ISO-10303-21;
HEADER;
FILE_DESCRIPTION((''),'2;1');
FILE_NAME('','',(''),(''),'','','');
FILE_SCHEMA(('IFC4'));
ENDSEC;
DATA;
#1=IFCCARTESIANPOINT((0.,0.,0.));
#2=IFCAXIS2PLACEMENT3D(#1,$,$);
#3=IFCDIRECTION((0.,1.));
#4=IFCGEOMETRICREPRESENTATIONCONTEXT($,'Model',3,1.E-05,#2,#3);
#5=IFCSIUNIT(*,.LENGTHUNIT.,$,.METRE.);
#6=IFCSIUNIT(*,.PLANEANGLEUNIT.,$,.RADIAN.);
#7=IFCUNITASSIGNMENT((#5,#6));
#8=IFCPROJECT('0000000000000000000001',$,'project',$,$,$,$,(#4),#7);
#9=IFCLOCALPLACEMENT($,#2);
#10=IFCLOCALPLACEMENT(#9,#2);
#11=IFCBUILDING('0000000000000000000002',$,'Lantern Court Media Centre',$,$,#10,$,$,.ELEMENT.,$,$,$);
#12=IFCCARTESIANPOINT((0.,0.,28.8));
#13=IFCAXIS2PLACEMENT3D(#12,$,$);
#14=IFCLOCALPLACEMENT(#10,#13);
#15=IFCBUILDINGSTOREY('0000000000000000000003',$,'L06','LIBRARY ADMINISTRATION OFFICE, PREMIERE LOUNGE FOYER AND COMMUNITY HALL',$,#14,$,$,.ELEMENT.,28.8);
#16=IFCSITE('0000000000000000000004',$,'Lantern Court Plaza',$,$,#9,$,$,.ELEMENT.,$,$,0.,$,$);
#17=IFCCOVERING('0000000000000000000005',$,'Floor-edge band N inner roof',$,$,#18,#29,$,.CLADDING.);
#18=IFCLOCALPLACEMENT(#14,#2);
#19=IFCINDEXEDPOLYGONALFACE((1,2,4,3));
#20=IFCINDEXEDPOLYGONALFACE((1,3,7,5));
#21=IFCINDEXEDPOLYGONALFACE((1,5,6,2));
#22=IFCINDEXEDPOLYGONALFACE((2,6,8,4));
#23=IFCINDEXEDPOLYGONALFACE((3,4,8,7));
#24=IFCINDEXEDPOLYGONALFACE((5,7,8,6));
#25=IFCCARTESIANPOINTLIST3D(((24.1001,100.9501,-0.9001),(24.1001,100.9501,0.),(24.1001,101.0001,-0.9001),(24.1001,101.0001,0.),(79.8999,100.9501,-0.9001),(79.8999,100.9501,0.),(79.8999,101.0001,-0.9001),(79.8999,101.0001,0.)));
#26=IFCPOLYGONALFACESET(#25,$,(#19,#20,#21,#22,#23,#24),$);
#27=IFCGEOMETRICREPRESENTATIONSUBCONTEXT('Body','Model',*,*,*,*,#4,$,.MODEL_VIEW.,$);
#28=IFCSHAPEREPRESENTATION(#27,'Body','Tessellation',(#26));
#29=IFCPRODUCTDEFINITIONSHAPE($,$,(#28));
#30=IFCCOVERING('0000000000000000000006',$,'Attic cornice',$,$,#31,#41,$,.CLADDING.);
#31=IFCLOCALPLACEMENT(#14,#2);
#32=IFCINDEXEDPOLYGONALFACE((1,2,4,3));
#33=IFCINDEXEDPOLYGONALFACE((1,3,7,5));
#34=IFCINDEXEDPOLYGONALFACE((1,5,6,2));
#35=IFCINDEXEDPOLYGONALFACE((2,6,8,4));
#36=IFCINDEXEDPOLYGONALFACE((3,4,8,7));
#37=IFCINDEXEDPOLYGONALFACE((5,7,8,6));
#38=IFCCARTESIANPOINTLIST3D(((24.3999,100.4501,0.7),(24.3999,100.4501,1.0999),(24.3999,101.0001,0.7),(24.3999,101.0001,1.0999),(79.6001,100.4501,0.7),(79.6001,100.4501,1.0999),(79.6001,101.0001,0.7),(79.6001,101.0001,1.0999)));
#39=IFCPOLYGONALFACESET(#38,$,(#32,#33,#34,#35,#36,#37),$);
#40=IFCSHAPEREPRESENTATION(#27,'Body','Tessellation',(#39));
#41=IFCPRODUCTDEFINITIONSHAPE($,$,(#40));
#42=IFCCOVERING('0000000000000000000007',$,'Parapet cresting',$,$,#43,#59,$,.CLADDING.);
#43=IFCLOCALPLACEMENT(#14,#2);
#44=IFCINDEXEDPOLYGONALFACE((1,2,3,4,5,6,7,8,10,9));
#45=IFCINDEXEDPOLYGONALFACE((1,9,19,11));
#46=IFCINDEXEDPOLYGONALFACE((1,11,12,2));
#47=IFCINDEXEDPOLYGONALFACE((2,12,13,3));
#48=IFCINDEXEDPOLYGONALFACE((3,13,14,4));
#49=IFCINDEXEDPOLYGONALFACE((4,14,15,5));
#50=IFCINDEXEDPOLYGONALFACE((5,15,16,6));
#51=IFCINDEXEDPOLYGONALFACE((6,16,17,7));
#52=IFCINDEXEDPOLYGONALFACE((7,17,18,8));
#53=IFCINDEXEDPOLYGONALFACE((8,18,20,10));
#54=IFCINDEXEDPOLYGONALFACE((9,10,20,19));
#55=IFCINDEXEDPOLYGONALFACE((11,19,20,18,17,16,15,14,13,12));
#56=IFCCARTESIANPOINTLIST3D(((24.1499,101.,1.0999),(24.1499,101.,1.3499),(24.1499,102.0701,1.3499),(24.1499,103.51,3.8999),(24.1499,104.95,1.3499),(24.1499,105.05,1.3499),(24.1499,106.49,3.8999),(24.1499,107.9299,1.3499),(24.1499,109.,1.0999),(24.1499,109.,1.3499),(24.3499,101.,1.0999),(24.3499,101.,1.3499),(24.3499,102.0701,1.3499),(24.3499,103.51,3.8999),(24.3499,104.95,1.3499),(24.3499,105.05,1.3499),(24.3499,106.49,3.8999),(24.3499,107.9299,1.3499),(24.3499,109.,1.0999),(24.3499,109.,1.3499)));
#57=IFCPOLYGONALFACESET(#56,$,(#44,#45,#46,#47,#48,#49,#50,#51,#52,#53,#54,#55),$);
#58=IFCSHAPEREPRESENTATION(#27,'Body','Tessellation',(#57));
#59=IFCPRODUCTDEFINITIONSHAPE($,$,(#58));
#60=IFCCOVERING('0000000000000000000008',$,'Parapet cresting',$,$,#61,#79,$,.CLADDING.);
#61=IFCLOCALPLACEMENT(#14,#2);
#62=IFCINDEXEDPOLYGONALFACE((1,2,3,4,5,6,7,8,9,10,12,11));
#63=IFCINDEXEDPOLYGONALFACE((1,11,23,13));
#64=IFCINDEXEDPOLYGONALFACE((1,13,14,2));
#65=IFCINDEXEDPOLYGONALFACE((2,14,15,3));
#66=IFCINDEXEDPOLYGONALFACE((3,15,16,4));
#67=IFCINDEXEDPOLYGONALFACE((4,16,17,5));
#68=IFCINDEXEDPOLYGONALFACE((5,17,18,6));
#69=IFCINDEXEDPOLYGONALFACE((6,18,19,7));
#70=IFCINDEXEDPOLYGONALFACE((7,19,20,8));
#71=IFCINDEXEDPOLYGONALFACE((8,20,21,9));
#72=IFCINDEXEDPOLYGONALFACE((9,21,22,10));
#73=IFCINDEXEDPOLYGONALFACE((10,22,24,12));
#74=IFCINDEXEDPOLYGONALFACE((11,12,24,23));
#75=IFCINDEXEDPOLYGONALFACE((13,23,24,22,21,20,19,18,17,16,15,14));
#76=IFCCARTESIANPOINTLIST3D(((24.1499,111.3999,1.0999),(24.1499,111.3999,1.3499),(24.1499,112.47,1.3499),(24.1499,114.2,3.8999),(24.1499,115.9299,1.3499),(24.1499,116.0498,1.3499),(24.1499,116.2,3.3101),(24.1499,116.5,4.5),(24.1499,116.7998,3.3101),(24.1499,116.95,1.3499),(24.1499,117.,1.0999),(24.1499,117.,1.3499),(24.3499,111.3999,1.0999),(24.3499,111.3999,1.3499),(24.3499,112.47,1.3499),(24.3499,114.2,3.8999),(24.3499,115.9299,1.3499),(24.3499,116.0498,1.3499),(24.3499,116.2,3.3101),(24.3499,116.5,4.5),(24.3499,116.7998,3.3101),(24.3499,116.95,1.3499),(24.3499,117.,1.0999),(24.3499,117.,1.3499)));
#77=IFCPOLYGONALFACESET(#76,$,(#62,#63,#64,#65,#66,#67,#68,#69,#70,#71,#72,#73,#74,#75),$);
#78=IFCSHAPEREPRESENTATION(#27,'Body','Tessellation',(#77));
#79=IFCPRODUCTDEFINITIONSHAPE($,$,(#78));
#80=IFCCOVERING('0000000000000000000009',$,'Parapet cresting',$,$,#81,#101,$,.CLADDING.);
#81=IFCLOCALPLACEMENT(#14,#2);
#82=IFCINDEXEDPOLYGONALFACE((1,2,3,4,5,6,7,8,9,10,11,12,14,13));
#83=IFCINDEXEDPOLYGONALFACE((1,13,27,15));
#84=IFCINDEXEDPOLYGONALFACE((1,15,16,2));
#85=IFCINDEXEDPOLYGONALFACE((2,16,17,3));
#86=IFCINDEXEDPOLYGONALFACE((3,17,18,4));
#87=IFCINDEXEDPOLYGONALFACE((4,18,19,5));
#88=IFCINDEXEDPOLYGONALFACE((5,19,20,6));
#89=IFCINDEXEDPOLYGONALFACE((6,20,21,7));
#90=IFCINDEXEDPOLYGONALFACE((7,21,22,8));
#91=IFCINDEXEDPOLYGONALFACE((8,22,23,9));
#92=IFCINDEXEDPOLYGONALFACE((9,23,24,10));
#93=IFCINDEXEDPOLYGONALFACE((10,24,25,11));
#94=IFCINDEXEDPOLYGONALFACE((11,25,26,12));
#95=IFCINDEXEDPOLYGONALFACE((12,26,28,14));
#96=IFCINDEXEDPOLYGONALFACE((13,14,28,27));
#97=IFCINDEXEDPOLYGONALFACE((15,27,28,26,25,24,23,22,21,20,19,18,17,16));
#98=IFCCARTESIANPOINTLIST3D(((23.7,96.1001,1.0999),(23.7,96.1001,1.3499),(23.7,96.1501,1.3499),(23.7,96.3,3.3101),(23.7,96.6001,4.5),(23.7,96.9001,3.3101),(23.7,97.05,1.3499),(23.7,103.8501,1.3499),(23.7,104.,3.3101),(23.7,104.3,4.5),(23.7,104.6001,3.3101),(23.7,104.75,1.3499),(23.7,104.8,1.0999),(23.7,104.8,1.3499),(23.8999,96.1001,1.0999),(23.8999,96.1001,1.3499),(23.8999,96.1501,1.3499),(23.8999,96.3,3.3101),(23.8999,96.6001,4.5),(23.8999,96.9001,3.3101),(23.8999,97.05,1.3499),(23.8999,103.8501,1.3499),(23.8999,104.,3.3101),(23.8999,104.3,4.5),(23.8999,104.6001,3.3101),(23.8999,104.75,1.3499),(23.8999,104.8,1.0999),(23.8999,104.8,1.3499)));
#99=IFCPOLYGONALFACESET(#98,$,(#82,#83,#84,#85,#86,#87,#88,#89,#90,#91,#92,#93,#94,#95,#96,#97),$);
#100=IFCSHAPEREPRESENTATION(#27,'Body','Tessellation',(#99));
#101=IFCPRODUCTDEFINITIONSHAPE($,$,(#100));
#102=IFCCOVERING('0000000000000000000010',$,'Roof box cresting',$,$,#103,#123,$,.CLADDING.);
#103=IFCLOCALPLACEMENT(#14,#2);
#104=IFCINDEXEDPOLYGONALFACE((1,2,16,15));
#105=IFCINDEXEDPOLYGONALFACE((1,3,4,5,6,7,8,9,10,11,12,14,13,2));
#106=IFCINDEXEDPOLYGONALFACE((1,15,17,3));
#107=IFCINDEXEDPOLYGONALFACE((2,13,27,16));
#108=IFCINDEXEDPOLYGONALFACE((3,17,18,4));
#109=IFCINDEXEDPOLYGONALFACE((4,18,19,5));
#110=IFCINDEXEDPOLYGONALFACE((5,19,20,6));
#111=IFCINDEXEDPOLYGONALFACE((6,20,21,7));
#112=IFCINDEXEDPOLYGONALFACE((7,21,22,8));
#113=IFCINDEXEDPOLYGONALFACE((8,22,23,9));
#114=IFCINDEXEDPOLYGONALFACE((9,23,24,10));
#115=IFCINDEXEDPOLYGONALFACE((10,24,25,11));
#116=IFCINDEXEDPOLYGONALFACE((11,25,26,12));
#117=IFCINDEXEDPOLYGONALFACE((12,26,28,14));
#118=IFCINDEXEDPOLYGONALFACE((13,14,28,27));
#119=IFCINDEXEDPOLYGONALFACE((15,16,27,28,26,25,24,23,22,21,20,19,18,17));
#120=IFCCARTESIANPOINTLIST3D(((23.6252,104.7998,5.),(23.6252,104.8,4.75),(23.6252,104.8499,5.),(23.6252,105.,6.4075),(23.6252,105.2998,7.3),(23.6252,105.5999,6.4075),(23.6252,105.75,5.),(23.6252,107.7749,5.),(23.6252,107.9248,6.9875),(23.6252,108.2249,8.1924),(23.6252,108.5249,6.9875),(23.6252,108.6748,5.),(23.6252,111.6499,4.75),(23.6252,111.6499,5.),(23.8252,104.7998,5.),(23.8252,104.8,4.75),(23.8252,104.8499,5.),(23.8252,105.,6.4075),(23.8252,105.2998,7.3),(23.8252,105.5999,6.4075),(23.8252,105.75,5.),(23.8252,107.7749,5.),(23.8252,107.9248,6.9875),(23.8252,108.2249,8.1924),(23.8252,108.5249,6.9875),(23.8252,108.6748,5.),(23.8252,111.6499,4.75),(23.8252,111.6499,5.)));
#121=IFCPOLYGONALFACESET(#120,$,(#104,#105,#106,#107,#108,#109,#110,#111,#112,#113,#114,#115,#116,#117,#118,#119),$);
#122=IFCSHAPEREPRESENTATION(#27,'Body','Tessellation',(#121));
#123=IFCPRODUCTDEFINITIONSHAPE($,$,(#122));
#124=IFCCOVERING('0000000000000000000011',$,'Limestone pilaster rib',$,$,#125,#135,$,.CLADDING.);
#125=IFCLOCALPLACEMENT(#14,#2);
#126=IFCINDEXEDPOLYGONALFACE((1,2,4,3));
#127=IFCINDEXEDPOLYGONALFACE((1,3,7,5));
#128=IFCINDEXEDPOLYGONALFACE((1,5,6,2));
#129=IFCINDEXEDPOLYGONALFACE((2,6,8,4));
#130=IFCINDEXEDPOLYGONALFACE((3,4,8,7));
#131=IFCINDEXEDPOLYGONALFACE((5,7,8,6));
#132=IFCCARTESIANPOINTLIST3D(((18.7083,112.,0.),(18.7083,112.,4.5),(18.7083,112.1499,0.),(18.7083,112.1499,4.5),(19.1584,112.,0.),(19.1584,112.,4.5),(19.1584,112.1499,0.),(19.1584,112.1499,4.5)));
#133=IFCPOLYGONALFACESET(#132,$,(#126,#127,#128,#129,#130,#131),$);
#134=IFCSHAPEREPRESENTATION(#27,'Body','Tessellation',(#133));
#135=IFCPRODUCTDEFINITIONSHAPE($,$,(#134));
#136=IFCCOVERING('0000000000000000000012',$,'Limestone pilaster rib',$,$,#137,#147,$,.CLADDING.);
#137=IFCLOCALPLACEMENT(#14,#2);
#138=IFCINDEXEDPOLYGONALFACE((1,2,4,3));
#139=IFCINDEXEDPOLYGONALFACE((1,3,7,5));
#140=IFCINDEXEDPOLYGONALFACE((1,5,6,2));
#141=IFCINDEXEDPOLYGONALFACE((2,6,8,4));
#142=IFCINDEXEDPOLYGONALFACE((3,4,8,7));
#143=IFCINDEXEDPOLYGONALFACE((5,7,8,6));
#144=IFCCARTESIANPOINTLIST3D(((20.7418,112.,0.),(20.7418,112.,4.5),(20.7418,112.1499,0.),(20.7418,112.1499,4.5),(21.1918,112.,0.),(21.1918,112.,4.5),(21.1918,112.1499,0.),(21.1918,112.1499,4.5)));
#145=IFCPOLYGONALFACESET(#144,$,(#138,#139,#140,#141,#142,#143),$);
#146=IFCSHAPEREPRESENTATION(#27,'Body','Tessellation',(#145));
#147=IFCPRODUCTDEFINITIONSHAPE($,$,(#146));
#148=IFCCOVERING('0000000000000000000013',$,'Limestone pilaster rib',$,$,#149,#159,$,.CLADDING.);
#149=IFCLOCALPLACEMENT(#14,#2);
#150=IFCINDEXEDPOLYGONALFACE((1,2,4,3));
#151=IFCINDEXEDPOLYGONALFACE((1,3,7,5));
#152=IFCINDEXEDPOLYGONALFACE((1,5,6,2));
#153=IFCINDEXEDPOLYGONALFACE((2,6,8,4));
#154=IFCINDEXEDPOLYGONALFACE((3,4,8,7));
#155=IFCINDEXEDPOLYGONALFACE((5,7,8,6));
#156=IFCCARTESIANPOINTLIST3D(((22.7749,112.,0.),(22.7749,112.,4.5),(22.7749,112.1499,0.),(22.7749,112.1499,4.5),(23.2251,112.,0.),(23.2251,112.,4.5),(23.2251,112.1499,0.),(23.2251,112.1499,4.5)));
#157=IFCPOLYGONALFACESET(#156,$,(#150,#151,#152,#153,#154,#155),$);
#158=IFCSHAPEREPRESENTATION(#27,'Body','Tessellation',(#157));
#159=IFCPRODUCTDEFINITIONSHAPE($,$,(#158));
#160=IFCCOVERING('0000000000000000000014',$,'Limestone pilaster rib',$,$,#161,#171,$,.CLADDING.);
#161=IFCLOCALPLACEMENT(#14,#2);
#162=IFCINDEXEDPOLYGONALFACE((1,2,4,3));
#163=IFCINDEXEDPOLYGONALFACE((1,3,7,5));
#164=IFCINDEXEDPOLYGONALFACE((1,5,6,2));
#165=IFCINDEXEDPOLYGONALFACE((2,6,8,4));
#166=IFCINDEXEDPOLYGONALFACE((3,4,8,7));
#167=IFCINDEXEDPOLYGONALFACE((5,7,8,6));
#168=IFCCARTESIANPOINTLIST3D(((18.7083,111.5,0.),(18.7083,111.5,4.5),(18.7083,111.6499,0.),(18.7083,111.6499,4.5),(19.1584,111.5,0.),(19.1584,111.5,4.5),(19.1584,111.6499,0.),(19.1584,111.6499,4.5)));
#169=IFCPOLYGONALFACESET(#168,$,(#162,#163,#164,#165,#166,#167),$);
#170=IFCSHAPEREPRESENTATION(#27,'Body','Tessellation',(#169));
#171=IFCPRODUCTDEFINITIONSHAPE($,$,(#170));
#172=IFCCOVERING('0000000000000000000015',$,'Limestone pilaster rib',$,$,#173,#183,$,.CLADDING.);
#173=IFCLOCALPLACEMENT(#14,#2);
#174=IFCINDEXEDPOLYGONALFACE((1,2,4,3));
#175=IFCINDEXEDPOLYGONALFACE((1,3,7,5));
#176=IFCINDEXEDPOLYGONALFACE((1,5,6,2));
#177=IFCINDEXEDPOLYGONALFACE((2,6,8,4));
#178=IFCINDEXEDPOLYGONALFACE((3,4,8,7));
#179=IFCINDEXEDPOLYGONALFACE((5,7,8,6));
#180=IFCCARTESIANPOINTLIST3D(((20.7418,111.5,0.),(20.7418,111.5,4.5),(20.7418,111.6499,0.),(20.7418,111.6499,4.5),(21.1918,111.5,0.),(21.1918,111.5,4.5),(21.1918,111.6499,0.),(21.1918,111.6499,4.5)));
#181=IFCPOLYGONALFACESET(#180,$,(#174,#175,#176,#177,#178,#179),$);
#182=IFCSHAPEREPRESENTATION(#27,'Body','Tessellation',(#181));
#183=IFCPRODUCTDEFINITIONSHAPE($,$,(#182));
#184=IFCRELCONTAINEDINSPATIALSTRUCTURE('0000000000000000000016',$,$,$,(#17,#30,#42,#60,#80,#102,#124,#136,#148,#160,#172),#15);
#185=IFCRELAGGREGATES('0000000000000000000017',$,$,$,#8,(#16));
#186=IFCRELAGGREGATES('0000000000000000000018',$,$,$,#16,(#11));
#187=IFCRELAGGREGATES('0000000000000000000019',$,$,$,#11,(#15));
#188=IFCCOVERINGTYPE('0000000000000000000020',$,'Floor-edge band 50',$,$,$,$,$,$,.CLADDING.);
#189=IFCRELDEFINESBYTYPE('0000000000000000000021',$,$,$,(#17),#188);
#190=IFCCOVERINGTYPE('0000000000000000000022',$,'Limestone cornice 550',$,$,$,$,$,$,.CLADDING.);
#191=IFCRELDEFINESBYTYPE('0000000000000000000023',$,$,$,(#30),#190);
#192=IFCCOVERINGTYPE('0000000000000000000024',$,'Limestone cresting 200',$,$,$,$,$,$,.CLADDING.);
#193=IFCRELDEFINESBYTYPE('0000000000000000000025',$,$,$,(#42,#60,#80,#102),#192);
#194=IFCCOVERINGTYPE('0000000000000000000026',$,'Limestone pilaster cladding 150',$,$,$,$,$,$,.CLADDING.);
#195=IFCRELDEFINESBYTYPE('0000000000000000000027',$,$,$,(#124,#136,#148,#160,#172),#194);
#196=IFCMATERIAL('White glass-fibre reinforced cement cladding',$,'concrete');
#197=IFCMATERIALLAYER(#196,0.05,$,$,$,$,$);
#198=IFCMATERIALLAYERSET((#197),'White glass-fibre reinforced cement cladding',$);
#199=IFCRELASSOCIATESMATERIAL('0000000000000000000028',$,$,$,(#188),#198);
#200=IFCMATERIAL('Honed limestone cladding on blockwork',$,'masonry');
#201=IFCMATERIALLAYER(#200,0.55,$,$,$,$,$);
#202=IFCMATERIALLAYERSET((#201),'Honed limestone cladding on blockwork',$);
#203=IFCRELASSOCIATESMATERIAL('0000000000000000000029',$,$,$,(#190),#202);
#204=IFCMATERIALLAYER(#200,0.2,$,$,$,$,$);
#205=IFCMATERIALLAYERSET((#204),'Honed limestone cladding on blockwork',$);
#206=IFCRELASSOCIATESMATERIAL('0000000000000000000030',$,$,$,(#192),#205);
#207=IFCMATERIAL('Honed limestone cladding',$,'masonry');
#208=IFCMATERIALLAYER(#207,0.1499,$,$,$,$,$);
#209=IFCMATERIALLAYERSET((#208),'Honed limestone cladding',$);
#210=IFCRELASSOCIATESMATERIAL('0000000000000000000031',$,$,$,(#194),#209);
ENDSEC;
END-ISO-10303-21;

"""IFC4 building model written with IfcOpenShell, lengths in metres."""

from ifc_helpers import new_model, si_unit, direction, frame, frame_2d, origin, place, context, subcontext, project, spatial, polyline, rectangle, outline, extrude, material, layer, layer_set, type_object, element, save


model = new_model("IFC4")

# Units and contexts
model_context = context("Model", 3, precision=1e-05, world=origin(), true_north=direction((0.0, 1.0)))
body_context = subcontext(model_context, "Body", "Model", "MODEL_VIEW")
ifc_project = project(units=[si_unit("LENGTHUNIT", "METRE"), si_unit("PLANEANGLEUNIT", "RADIAN")], contexts=[model_context])

# Site, building, storey
site_placement = place(None, origin())
site = spatial("IfcSite", under=ifc_project, at=site_placement, Name="Lantern Court Plaza", CompositionType="ELEMENT", RefElevation=0.0)
building_placement = place(site_placement, origin())
building = spatial("IfcBuilding", under=site, at=building_placement, Name="Lantern Court Media Centre", CompositionType="ELEMENT")
storey_placement = place(building_placement, frame((0.0, 0.0, 28.8)))
storey = spatial("IfcBuildingStorey", under=building, at=storey_placement, Name="L06", Description="LIBRARY ADMINISTRATION OFFICE, PREMIERE LOUNGE FOYER AND COMMUNITY HALL", CompositionType="ELEMENT", Elevation=28.8)

# Shared definitions
ifc_material_1 = material(Name="Honed limestone cladding on blockwork", Category="masonry")

# Coverings
ifc_material_2 = material(Name="White glass-fibre reinforced cement cladding", Category="concrete")
ifc_layer_1 = layer(ifc_material_2, 0.05)
ifc_layer_set_1 = layer_set([ifc_layer_1], Name="White glass-fibre reinforced cement cladding")
covering_type_1 = type_object("IfcCoveringType", Name="Floor-edge band 50", PredefinedType="CLADDING", material=ifc_layer_set_1)
for number, where, z_axis, x_axis, name in (
    (1, (24.1001, 100.9751, -0.9001), (0.0, 0.0, 1.0), (1.0, 0.0, 0.0), "Floor-edge band N inner roof"),
):
    element("IfcCovering", number, at=place(storey_placement, frame(where, z_axis=z_axis, x_axis=x_axis)), inside=storey, type_object=covering_type_1, Name=name, PredefinedType="CLADDING", context=body_context, shape_type="SweptSolid", body=[
        extrude(rectangle(XDim=55.7998, YDim=0.05, at=frame_2d((27.8999, 0.0))), origin(), (0.0, 0.0, 1.0), 0.9001),
    ])
ifc_layer_2 = layer(ifc_material_1, 0.55)
ifc_layer_set_2 = layer_set([ifc_layer_2], Name="Honed limestone cladding on blockwork")
covering_type_2 = type_object("IfcCoveringType", Name="Limestone cornice 550", PredefinedType="CLADDING", material=ifc_layer_set_2)
covering_1_placement = place(storey_placement, frame((24.3999, 100.7251, 0.7), z_axis=(0.0, 0.0, 1.0), x_axis=(1.0, 0.0, 0.0)))
element("IfcCovering", 2, at=covering_1_placement, inside=storey, type_object=covering_type_2, Name="Attic cornice", PredefinedType="CLADDING", context=body_context, shape_type="SweptSolid", body=[
    extrude(rectangle(XDim=55.2002, YDim=0.55, at=frame_2d((27.6001, 0.0))), origin(), (0.0, 0.0, 1.0), 0.3999),
])
ifc_layer_3 = layer(ifc_material_1, 0.2)
ifc_layer_set_3 = layer_set([ifc_layer_3], Name="Honed limestone cladding on blockwork")
covering_type_3 = type_object("IfcCoveringType", Name="Limestone cresting 200", PredefinedType="CLADDING", material=ifc_layer_set_3)
covering_2_placement = place(storey_placement, frame((24.25, 101.0, 1.0999), z_axis=(0.0, 0.0, 1.0), x_axis=(0.0, 1.0, 0.0)))
element("IfcCovering", 3, at=covering_2_placement, inside=storey, type_object=covering_type_3, Name="Parapet cresting", PredefinedType="CLADDING", context=body_context, shape_type="SweptSolid", body=[
    extrude(outline(polyline([(0.0, 0.0), (8.0, 0.0), (8.0, 0.25), (6.9299, 0.25), (5.49, 2.8), (4.05, 0.25), (3.95, 0.25), (2.51, 2.8), (1.0701, 0.25), (0.0, 0.25), (0.0, 0.0)])), frame((0.0, 0.1001, 0.0), z_axis=(0.0, -1.0, 0.0), x_axis=(1.0, 0.0, 0.0)), (0.0, 0.0, 1.0), 0.2),
])
covering_3_placement = place(storey_placement, frame((24.25, 111.3999, 1.0999), z_axis=(0.0, 0.0, 1.0), x_axis=(0.0, 1.0, 0.0)))
element("IfcCovering", 4, at=covering_3_placement, inside=storey, type_object=covering_type_3, Name="Parapet cresting", PredefinedType="CLADDING", context=body_context, shape_type="SweptSolid", body=[
    extrude(outline(polyline([(0.0, 0.0), (5.6001, 0.0), (5.6001, 0.25), (5.55, 0.25), (5.3999, 2.2102), (5.1001, 3.4001), (4.8, 2.2102), (4.6499, 0.25), (4.53, 0.25), (2.8, 2.8), (1.0701, 0.25), (0.0, 0.25), (0.0, 0.0)])), frame((0.0, 0.1001, 0.0), z_axis=(0.0, -1.0, 0.0), x_axis=(1.0, 0.0, 0.0)), (0.0, 0.0, 1.0), 0.2),
])
covering_4_placement = place(storey_placement, frame((23.8, 96.1001, 1.0999), z_axis=(0.0, 0.0, 1.0), x_axis=(0.0, 1.0, 0.0)))
element("IfcCovering", 5, at=covering_4_placement, inside=storey, type_object=covering_type_3, Name="Parapet cresting", PredefinedType="CLADDING", context=body_context, shape_type="SweptSolid", body=[
    extrude(outline(polyline([(0.0, 0.0), (8.7, 0.0), (8.7, 0.25), (8.6499, 0.25), (8.5, 2.2102), (8.2, 3.4001), (7.8999, 2.2102), (7.75, 0.25), (0.95, 0.25), (0.8, 2.2102), (0.5, 3.4001), (0.2, 2.2102), (0.05, 0.25), (0.0, 0.25), (0.0, 0.0)])), frame((0.0, 0.1001, 0.0), z_axis=(0.0, -1.0, 0.0), x_axis=(1.0, 0.0, 0.0)), (0.0, 0.0, 1.0), 0.2),
])
covering_5_placement = place(storey_placement, frame((23.7251, 111.6499, 4.75), z_axis=(0.0, 0.0, 1.0), x_axis=(0.0, -1.0, 0.0)))
element("IfcCovering", 6, at=covering_5_placement, inside=storey, type_object=covering_type_3, Name="Roof box cresting", PredefinedType="CLADDING", context=body_context, shape_type="SweptSolid", body=[
    extrude(outline(polyline([(0.0, 0.0), (6.8499, 0.0), (6.8501, 0.25), (6.8, 0.25), (6.6499, 1.6575), (6.3501, 2.55), (6.05, 1.6575), (5.8999, 0.25), (3.875, 0.25), (3.7251, 2.2375), (3.425, 3.4424), (3.125, 2.2375), (2.9751, 0.25), (0.0, 0.25), (0.0, 0.0)])), frame((0.0, 0.1001, 0.0), z_axis=(0.0, -1.0, 0.0), x_axis=(1.0, 0.0, 0.0)), (0.0, 0.0, 1.0), 0.2),
])
ifc_material_3 = material(Name="Honed limestone cladding", Category="masonry")
ifc_layer_4 = layer(ifc_material_3, 0.1499)
ifc_layer_set_4 = layer_set([ifc_layer_4], Name="Honed limestone cladding")
covering_type_4 = type_object("IfcCoveringType", Name="Limestone pilaster cladding 150", PredefinedType="CLADDING", material=ifc_layer_set_4)
covering_6_placement = place(storey_placement, frame((18.7083, 112.075, 0.0), z_axis=(0.0, 0.0, 1.0), x_axis=(1.0, 0.0, 0.0)))
element("IfcCovering", 7, at=covering_6_placement, inside=storey, type_object=covering_type_4, Name="Limestone pilaster rib", PredefinedType="CLADDING", context=body_context, shape_type="SweptSolid", body=[
    extrude(rectangle(XDim=0.4502, YDim=0.1499, at=frame_2d((0.2251, 0.0))), origin(), (0.0, 0.0, 1.0), 4.5),
])
covering_7_placement = place(storey_placement, frame((20.7417, 112.075, 0.0), z_axis=(0.0, 0.0, 1.0), x_axis=(1.0, 0.0, 0.0)))
element("IfcCovering", 8, at=covering_7_placement, inside=storey, type_object=covering_type_4, Name="Limestone pilaster rib", PredefinedType="CLADDING", context=body_context, shape_type="SweptSolid", body=[
    extrude(rectangle(XDim=0.45, YDim=0.1499, at=frame_2d((0.2251, 0.0))), origin(), (0.0, 0.0, 1.0), 4.5),
])
for number, where, z_axis, x_axis, name in (
    (9, (22.7749, 112.075, 0.0), (0.0, 0.0, 1.0), (1.0, 0.0, 0.0), "Limestone pilaster rib"),
    (10, (18.7083, 111.575, 0.0), (0.0, 0.0, 1.0), (1.0, 0.0, 0.0), "Limestone pilaster rib"),
):
    element("IfcCovering", number, at=place(storey_placement, frame(where, z_axis=z_axis, x_axis=x_axis)), inside=storey, type_object=covering_type_4, Name=name, PredefinedType="CLADDING", context=body_context, shape_type="SweptSolid", body=[
        extrude(rectangle(XDim=0.4502, YDim=0.1499, at=frame_2d((0.2251, 0.0))), origin(), (0.0, 0.0, 1.0), 4.5),
    ])
covering_8_placement = place(storey_placement, frame((20.7417, 111.575, 0.0), z_axis=(0.0, 0.0, 1.0), x_axis=(1.0, 0.0, 0.0)))
element("IfcCovering", 11, at=covering_8_placement, inside=storey, type_object=covering_type_4, Name="Limestone pilaster rib", PredefinedType="CLADDING", context=body_context, shape_type="SweptSolid", body=[
    extrude(rectangle(XDim=0.45, YDim=0.1499, at=frame_2d((0.2251, 0.0))), origin(), (0.0, 0.0, 1.0), 4.5),
])

save(model, "model.ifc")
